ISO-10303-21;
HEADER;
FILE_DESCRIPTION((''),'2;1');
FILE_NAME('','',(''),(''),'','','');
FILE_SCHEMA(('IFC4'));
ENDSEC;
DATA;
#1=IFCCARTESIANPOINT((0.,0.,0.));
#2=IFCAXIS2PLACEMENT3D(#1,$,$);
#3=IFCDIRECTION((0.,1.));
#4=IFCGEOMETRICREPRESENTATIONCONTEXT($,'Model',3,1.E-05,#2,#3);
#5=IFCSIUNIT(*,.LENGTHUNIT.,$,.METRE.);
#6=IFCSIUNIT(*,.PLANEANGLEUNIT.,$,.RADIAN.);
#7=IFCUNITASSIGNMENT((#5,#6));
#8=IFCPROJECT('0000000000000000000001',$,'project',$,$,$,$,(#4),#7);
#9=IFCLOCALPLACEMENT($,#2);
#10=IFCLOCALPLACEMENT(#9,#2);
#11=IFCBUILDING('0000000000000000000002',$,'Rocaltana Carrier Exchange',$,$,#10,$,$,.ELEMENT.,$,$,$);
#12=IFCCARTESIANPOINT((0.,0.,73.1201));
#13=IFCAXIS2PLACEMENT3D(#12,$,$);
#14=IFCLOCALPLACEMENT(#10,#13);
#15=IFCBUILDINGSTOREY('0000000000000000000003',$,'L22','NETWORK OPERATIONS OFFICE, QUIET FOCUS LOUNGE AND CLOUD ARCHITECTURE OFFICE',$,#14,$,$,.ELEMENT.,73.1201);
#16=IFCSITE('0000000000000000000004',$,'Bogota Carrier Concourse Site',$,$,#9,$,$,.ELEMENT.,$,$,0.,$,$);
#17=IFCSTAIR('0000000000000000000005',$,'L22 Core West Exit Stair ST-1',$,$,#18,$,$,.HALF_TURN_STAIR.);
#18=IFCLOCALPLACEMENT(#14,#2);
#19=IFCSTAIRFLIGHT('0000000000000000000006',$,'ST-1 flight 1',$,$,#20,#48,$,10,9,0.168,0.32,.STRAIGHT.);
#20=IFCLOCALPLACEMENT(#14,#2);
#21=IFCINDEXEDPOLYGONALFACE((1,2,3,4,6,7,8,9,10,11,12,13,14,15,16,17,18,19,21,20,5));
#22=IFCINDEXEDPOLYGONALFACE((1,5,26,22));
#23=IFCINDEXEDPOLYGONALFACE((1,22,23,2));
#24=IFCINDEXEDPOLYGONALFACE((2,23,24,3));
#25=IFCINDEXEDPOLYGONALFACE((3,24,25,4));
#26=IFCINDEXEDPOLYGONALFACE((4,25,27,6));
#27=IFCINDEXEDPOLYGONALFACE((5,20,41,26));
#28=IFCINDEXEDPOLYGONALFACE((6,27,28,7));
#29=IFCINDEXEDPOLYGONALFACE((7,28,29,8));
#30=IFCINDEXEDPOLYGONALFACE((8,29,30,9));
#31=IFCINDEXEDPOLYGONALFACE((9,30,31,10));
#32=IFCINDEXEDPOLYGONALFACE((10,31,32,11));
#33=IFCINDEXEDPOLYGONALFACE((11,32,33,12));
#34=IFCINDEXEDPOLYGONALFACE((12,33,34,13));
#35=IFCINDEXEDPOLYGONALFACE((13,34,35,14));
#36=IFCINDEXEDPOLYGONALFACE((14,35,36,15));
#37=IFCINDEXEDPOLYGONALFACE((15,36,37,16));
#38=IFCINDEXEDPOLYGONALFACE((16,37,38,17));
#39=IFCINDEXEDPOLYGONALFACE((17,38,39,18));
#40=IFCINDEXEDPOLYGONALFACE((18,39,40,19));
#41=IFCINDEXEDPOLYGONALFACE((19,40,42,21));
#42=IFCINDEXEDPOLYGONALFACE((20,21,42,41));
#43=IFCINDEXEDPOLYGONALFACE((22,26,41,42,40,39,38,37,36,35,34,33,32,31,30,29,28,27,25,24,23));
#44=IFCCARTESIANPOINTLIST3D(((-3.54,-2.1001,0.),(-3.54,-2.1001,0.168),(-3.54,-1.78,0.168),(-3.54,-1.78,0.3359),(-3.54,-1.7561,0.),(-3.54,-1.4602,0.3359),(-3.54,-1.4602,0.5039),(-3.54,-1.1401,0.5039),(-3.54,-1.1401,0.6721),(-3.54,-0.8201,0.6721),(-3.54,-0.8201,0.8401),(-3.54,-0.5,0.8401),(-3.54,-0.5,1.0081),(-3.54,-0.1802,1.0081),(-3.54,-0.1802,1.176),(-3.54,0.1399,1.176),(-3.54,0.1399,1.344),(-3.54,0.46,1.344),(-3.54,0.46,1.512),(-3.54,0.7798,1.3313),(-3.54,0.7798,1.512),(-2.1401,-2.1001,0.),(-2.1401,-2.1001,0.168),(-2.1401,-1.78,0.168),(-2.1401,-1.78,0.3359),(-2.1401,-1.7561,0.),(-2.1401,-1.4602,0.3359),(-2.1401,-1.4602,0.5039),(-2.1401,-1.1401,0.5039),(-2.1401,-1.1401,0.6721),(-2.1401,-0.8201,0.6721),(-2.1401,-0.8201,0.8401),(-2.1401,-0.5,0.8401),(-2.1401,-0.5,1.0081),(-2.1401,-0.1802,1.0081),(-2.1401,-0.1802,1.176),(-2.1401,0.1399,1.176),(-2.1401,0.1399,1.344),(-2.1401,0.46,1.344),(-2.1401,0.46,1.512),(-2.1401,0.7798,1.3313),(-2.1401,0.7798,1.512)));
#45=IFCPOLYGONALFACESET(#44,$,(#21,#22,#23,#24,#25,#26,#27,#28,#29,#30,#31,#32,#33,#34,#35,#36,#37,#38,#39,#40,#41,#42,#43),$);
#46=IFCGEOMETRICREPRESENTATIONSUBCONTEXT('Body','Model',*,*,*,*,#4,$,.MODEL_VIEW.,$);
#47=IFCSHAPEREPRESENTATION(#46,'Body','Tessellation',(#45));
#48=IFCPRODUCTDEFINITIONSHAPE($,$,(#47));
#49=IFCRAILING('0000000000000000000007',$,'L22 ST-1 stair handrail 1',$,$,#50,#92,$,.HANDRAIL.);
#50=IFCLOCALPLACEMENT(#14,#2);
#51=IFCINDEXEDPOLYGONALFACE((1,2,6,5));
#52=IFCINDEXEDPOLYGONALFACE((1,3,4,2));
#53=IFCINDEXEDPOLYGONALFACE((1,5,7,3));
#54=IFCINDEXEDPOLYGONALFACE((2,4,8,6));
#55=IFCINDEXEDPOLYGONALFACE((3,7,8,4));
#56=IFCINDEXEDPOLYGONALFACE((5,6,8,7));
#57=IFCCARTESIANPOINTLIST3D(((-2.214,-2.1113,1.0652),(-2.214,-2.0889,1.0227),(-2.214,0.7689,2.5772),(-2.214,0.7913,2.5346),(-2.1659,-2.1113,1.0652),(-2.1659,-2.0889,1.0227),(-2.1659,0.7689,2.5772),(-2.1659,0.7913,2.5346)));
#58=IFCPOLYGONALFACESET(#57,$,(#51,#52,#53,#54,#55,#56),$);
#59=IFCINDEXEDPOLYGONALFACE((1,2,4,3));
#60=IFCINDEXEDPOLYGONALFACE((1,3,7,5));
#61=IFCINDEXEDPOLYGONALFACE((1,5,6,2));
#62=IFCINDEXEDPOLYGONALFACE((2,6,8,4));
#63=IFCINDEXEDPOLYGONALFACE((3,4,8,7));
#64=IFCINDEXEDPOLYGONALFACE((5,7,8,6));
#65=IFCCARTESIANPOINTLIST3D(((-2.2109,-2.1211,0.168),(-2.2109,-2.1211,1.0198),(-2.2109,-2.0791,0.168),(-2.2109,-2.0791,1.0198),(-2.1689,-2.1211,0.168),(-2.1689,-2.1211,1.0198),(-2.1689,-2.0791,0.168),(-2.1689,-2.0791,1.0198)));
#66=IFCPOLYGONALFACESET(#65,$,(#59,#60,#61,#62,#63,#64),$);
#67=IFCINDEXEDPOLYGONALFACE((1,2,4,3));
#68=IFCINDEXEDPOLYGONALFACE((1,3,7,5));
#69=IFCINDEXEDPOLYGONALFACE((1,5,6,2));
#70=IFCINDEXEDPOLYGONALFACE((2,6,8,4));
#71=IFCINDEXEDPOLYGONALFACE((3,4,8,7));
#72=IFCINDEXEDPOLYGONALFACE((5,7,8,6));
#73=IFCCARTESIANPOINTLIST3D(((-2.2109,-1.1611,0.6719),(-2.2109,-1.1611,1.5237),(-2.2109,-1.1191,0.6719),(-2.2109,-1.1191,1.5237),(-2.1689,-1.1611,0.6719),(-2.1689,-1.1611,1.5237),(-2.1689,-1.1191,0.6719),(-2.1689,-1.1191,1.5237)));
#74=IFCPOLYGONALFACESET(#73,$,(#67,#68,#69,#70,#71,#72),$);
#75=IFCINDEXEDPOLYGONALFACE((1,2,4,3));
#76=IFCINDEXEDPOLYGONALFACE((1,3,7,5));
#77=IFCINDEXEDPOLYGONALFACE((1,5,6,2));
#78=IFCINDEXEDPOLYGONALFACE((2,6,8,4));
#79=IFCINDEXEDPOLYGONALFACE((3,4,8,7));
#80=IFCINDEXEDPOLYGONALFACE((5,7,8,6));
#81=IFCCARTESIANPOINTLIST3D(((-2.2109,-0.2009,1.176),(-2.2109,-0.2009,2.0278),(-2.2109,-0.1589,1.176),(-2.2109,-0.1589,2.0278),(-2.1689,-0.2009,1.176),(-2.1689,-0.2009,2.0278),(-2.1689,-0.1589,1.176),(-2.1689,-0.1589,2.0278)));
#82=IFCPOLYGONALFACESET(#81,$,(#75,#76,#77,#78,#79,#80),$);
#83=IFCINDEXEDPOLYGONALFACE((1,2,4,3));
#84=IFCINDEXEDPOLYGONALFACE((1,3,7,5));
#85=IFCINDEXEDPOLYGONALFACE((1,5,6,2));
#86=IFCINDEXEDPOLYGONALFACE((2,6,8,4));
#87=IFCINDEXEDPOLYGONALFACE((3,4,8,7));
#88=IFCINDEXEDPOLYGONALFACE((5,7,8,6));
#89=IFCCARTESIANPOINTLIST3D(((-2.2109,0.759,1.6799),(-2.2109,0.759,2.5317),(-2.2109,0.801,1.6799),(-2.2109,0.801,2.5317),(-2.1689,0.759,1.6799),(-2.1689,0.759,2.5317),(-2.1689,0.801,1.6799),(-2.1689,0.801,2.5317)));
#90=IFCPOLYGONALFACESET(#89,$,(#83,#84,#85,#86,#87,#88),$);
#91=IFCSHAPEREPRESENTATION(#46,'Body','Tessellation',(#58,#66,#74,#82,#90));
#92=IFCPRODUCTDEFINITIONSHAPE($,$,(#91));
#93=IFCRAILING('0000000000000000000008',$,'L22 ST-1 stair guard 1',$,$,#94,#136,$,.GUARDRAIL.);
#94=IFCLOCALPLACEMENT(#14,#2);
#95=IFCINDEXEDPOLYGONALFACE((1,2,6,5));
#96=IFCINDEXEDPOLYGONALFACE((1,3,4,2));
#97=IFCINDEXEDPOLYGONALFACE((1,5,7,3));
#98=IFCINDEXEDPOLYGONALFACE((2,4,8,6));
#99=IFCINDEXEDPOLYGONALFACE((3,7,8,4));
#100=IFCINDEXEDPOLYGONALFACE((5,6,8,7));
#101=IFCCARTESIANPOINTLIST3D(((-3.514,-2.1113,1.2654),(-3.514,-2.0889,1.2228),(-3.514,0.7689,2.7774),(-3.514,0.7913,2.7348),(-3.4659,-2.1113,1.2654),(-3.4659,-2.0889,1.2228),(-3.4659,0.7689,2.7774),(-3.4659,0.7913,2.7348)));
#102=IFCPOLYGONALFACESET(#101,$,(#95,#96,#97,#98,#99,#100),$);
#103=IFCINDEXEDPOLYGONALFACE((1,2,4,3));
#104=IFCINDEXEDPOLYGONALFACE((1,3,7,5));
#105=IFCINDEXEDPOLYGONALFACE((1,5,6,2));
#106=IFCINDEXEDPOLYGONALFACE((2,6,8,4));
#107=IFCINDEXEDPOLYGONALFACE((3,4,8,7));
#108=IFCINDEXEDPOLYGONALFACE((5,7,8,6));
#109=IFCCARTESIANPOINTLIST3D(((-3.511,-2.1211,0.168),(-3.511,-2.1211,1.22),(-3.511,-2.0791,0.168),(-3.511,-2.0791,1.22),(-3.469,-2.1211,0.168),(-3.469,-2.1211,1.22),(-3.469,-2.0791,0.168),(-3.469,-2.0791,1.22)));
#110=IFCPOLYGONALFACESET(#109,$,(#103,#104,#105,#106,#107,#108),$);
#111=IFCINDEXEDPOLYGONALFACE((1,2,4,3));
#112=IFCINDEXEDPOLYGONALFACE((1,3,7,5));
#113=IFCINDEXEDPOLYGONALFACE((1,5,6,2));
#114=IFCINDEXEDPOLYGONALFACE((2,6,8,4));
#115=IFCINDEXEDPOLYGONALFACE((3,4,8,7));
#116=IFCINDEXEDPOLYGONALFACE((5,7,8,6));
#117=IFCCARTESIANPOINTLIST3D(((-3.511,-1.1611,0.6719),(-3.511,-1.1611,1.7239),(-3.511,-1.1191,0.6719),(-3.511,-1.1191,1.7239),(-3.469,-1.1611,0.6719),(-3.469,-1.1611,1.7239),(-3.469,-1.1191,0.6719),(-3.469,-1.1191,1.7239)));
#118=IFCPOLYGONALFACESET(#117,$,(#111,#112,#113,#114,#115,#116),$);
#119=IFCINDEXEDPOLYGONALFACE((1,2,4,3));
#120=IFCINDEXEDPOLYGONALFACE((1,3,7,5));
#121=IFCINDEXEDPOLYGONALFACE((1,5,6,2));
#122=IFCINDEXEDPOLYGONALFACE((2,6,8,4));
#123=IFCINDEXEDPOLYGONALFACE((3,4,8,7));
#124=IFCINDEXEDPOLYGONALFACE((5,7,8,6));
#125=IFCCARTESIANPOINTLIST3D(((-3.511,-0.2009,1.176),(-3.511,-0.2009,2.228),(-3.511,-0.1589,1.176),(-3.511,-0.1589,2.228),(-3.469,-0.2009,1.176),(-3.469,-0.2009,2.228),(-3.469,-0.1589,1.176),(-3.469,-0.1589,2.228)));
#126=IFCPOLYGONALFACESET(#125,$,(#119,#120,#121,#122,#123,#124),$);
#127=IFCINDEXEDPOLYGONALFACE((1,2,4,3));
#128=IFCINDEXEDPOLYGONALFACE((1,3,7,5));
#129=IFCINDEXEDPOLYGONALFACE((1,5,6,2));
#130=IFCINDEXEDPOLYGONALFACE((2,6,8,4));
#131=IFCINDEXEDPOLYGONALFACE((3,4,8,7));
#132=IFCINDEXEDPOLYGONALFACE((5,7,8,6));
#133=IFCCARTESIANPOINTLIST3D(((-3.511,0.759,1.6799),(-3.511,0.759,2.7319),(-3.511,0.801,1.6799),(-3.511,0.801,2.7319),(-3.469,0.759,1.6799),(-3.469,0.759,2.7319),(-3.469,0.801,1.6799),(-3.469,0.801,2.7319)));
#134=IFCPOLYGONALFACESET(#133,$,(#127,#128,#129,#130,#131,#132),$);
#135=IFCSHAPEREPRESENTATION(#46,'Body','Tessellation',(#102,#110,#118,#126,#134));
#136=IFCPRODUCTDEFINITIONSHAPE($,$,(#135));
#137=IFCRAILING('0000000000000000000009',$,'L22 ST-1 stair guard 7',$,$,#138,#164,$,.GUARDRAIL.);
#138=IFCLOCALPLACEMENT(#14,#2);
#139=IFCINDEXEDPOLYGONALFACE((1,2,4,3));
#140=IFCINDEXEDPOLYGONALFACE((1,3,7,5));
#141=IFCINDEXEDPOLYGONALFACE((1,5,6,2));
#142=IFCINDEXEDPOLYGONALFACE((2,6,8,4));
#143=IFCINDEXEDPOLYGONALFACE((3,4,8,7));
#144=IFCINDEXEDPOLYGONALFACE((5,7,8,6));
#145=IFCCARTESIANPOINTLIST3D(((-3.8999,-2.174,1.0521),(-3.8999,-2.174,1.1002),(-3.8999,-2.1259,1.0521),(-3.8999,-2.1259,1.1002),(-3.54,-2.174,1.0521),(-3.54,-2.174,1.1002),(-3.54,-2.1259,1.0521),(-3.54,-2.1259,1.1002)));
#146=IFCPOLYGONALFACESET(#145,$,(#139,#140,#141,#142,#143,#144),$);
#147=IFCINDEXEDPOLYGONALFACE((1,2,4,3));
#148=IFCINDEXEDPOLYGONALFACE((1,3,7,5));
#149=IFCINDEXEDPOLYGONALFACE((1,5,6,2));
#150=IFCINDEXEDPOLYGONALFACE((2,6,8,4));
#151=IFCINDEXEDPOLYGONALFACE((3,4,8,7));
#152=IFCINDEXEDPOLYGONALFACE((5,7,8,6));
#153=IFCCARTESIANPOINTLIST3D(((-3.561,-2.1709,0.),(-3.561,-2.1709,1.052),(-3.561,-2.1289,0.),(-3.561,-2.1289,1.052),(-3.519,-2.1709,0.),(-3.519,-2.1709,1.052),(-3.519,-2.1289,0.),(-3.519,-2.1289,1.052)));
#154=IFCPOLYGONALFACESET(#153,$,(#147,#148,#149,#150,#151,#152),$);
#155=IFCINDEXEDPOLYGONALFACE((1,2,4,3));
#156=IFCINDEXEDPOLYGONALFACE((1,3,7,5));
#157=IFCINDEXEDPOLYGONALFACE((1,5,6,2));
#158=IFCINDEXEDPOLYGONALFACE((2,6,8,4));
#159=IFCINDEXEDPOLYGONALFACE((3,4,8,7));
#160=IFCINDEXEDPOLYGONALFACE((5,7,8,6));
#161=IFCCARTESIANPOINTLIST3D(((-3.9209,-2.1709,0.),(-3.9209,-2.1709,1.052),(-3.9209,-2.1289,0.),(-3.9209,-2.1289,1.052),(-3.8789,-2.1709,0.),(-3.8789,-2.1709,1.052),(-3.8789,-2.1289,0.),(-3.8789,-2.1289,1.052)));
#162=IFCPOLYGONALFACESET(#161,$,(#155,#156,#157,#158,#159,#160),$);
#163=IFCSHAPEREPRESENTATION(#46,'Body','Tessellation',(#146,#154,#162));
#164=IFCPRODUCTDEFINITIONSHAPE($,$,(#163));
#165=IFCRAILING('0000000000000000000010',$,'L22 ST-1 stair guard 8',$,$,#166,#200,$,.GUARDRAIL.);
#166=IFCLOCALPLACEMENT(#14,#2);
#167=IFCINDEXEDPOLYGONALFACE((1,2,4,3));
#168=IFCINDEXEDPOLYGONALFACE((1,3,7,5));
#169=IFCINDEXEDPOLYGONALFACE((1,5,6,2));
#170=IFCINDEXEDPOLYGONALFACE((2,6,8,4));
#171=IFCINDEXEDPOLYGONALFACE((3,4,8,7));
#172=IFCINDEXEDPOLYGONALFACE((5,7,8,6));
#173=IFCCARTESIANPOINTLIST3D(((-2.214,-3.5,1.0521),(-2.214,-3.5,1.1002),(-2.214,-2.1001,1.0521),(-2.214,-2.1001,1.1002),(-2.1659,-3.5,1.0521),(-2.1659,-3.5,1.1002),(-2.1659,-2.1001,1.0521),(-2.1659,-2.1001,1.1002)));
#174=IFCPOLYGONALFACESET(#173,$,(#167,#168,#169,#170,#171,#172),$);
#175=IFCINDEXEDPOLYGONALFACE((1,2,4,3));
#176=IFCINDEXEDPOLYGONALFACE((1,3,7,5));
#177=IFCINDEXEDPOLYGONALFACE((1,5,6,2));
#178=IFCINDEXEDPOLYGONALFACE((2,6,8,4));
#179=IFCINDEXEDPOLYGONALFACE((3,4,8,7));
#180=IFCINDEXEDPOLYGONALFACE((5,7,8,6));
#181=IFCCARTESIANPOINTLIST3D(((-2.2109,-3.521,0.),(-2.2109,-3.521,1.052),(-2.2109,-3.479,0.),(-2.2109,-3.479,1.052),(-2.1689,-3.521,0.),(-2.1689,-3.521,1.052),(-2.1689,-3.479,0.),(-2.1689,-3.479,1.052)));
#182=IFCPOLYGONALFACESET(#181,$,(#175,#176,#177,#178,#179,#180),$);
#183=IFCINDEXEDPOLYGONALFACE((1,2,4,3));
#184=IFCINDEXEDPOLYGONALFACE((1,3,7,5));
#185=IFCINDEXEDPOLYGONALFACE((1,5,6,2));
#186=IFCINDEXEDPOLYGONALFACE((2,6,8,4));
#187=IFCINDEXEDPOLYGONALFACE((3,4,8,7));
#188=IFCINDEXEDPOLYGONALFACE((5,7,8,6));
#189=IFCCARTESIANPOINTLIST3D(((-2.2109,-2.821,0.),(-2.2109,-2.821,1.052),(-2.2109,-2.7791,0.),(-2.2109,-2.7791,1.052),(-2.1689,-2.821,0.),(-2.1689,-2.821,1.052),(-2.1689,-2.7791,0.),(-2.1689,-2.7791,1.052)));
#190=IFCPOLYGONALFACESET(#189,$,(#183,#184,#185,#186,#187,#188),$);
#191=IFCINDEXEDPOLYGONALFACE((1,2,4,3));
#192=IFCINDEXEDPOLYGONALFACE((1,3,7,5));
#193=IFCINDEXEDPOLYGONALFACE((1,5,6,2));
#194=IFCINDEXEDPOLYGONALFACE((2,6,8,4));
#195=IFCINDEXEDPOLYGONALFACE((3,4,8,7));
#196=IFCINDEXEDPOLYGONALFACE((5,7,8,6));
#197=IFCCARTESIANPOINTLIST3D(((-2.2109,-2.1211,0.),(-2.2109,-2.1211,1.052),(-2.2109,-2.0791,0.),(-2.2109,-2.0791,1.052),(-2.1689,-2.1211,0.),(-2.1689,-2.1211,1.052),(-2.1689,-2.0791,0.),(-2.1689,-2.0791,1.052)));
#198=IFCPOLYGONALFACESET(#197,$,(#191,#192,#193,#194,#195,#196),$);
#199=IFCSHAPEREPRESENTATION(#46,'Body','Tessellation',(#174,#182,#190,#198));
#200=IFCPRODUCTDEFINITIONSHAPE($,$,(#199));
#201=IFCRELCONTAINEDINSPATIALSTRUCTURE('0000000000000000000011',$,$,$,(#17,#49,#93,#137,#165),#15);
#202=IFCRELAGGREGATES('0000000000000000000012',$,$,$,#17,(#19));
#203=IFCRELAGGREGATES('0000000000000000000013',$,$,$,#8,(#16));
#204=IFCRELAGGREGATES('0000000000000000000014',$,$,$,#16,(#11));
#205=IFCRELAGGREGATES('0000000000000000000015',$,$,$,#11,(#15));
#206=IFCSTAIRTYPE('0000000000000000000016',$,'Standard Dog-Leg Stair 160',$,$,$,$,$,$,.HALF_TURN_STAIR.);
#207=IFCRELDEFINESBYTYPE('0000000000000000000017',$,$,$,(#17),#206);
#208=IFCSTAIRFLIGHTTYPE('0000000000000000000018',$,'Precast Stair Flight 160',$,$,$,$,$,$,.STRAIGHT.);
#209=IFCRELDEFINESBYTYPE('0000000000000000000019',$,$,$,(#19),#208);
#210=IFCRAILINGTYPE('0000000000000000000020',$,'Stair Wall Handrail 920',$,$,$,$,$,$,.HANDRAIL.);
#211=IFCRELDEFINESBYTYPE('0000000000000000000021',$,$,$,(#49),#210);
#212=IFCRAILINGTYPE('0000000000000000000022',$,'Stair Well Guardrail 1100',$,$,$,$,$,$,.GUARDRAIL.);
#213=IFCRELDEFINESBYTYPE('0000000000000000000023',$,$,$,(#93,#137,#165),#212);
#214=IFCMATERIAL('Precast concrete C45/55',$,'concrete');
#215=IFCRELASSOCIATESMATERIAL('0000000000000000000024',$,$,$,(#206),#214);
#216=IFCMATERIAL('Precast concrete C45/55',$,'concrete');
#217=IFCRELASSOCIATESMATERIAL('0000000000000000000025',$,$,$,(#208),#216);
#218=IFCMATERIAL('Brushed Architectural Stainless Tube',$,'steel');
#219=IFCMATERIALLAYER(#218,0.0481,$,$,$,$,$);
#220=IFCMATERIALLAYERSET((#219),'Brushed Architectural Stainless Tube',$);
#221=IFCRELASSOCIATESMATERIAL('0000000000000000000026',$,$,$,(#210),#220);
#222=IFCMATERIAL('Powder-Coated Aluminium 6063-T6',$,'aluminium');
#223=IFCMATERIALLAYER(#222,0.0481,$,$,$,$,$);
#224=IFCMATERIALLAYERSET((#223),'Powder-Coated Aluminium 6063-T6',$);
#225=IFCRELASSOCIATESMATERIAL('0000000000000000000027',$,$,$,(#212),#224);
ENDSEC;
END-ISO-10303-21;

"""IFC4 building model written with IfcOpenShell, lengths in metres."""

from ifc_helpers import new_model, si_unit, direction, frame, origin, origin_2d, place, context, subcontext, project, spatial, polyline, rectangle, outline, extrude, material, layer, layer_set, type_object, element, aggregate, save


model = new_model("IFC4")

# Units and contexts
model_context = context("Model", 3, precision=1e-05, world=origin(), true_north=direction((0.0, 1.0)))
body_context = subcontext(model_context, "Body", "Model", "MODEL_VIEW")
ifc_project = project(units=[si_unit("LENGTHUNIT", "METRE"), si_unit("PLANEANGLEUNIT", "RADIAN")], contexts=[model_context])

# Site, building, storey
site_placement = place(None, origin())
site = spatial("IfcSite", under=ifc_project, at=site_placement, Name="Bogota Carrier Concourse Site", CompositionType="ELEMENT", RefElevation=0.0)
building_placement = place(site_placement, origin())
building = spatial("IfcBuilding", under=site, at=building_placement, Name="Rocaltana Carrier Exchange", CompositionType="ELEMENT")
storey_placement = place(building_placement, frame((0.0, 0.0, 73.1201)))
storey = spatial("IfcBuildingStorey", under=building, at=storey_placement, Name="L22", Description="NETWORK OPERATIONS OFFICE, QUIET FOCUS LOUNGE AND CLOUD ARCHITECTURE OFFICE", CompositionType="ELEMENT", Elevation=73.1201)

# Stair, stair flight
ifc_material_1 = material(Name="Precast concrete C45/55", Category="concrete")
stair_type = type_object("IfcStairType", Name="Standard Dog-Leg Stair 160", PredefinedType="HALF_TURN_STAIR", material=ifc_material_1)
stair_placement = place(storey_placement, origin())
stair = element("IfcStair", 1, at=stair_placement, inside=storey, type_object=stair_type, Name="L22 Core West Exit Stair ST-1", PredefinedType="HALF_TURN_STAIR")
ifc_material_2 = material(Name="Precast concrete C45/55", Category="concrete")
stair_flight_type = type_object("IfcStairFlightType", Name="Precast Stair Flight 160", PredefinedType="STRAIGHT", material=ifc_material_2)
stair_flight_placement = place(storey_placement, frame((-2.8401, -2.1001, 0.0), z_axis=(0.0, 0.0, 1.0), x_axis=(0.0, 1.0, 0.0)))
stair_flight = element("IfcStairFlight", 2, at=stair_flight_placement, type_object=stair_flight_type, Name="ST-1 flight 1", NumberOfRisers=10, NumberOfTreads=9, PredefinedType="STRAIGHT", RiserHeight=0.168, TreadLength=0.32, context=body_context, shape_type="SweptSolid", body=[
    extrude(outline(polyline([(0.0, 0.0), (0.0, 0.168), (0.3201, 0.168), (0.3201, 0.3359), (0.6399, 0.3359), (0.6399, 0.5039), (0.96, 0.5039), (0.96, 0.6721), (1.28, 0.6721), (1.28, 0.8401), (1.6001, 0.8401), (1.6001, 1.0081), (1.9199, 1.0081), (1.9199, 1.176), (2.24, 1.176), (2.24, 1.344), (2.5601, 1.344), (2.5601, 1.512), (2.8799, 1.512), (2.8799, 1.6799), (2.8799, 1.3313), (0.344, 0.0), (0.0, 0.0)])), frame((0.0, 0.7, 0.0), z_axis=(0.0, -1.0, 0.0), x_axis=(1.0, 0.0, 0.0)), (0.0, 0.0, 1.0), 1.3999),
])
aggregate(stair, [stair_flight])

# Railings
ifc_material_3 = material(Name="Brushed Architectural Stainless Tube", Category="steel")
ifc_layer_1 = layer(ifc_material_3, 0.0481)
ifc_layer_set_1 = layer_set([ifc_layer_1], Name="Brushed Architectural Stainless Tube")
railing_type_1 = type_object("IfcRailingType", Name="Stair Wall Handrail 920", PredefinedType="HANDRAIL", material=ifc_layer_set_1)
railing_1_placement = place(storey_placement, frame((-2.1899, -2.1001, 0.168)))
element("IfcRailing", 3, at=railing_1_placement, inside=storey, type_object=railing_type_1, Name="L22 ST-1 stair handrail 1", PredefinedType="HANDRAIL", context=body_context, shape_type="SweptSolid", body=[
    extrude(rectangle(XDim=0.0481, YDim=0.0481, at=origin_2d()), frame((0.0, 0.0, 0.876), z_axis=(0.0, 0.885411, 0.464809), x_axis=(-1.0, 0.0, 0.0)), (0.0, 0.0, 1.0), 3.2529),
    extrude(rectangle(XDim=0.042, YDim=0.042, at=origin_2d()), origin(), (0.0, 0.0, 1.0), 0.8518),
    extrude(rectangle(XDim=0.042, YDim=0.042, at=origin_2d()), frame((0.0, 0.96, 0.5039)), (0.0, 0.0, 1.0), 0.8518),
    extrude(rectangle(XDim=0.042, YDim=0.042, at=origin_2d()), frame((0.0, 1.9202, 1.0081)), (0.0, 0.0, 1.0), 0.8518),
    extrude(rectangle(XDim=0.042, YDim=0.042, at=origin_2d()), frame((0.0, 2.8801, 1.512)), (0.0, 0.0, 1.0), 0.8518),
])
ifc_material_4 = material(Name="Powder-Coated Aluminium 6063-T6", Category="aluminium")
ifc_layer_2 = layer(ifc_material_4, 0.0481)
ifc_layer_set_2 = layer_set([ifc_layer_2], Name="Powder-Coated Aluminium 6063-T6")
railing_type_2 = type_object("IfcRailingType", Name="Stair Well Guardrail 1100", PredefinedType="GUARDRAIL", material=ifc_layer_set_2)
railing_2_placement = place(storey_placement, frame((-3.49, -2.1001, 0.168)))
element("IfcRailing", 4, at=railing_2_placement, inside=storey, type_object=railing_type_2, Name="L22 ST-1 stair guard 1", PredefinedType="GUARDRAIL", context=body_context, shape_type="SweptSolid", body=[
    extrude(rectangle(XDim=0.0481, YDim=0.0481, at=origin_2d()), frame((0.0, 0.0, 1.0762), z_axis=(0.0, 0.885411, 0.464809), x_axis=(-1.0, 0.0, 0.0)), (0.0, 0.0, 1.0), 3.2529),
    extrude(rectangle(XDim=0.042, YDim=0.042, at=origin_2d()), origin(), (0.0, 0.0, 1.0), 1.052),
    extrude(rectangle(XDim=0.042, YDim=0.042, at=origin_2d()), frame((0.0, 0.96, 0.5039)), (0.0, 0.0, 1.0), 1.052),
    extrude(rectangle(XDim=0.042, YDim=0.042, at=origin_2d()), frame((0.0, 1.9202, 1.0081)), (0.0, 0.0, 1.0), 1.052),
    extrude(rectangle(XDim=0.042, YDim=0.042, at=origin_2d()), frame((0.0, 2.8801, 1.512)), (0.0, 0.0, 1.0), 1.052),
])
railing_3_placement = place(storey_placement, frame((-3.54, -2.1499, 0.0)))
element("IfcRailing", 5, at=railing_3_placement, inside=storey, type_object=railing_type_2, Name="L22 ST-1 stair guard 7", PredefinedType="GUARDRAIL", context=body_context, shape_type="SweptSolid", body=[
    extrude(rectangle(XDim=0.0481, YDim=0.0481, at=origin_2d()), frame((0.0, 0.0, 1.0762), z_axis=(-1.0, 0.0, 0.0), x_axis=(0.0, -1.0, 0.0)), (0.0, 0.0, 1.0), 0.3599),
    extrude(rectangle(XDim=0.042, YDim=0.042, at=origin_2d()), origin(), (0.0, 0.0, 1.0), 1.052),
    extrude(rectangle(XDim=0.042, YDim=0.042, at=origin_2d()), frame((-0.3599, 0.0, 0.0)), (0.0, 0.0, 1.0), 1.052),
])
for number, where, name in (
    (6, (-2.1899, -3.5, 0.0), "L22 ST-1 stair guard 8"),
):
    element("IfcRailing", number, at=place(storey_placement, frame(where)), inside=storey, type_object=railing_type_2, Name=name, PredefinedType="GUARDRAIL", context=body_context, shape_type="SweptSolid", body=[
        extrude(rectangle(XDim=0.0481, YDim=0.0481, at=origin_2d()), frame((0.0, 0.0, 1.0762), z_axis=(0.0, 1.0, 0.0), x_axis=(-1.0, 0.0, 0.0)), (0.0, 0.0, 1.0), 1.3999),
        extrude(rectangle(XDim=0.042, YDim=0.042, at=origin_2d()), origin(), (0.0, 0.0, 1.0), 1.052),
        extrude(rectangle(XDim=0.042, YDim=0.042, at=origin_2d()), frame((0.0, 0.7, 0.0)), (0.0, 0.0, 1.0), 1.052),
        extrude(rectangle(XDim=0.042, YDim=0.042, at=origin_2d()), frame((0.0, 1.3999, 0.0)), (0.0, 0.0, 1.0), 1.052),
    ])

save(model, "model.ifc")
